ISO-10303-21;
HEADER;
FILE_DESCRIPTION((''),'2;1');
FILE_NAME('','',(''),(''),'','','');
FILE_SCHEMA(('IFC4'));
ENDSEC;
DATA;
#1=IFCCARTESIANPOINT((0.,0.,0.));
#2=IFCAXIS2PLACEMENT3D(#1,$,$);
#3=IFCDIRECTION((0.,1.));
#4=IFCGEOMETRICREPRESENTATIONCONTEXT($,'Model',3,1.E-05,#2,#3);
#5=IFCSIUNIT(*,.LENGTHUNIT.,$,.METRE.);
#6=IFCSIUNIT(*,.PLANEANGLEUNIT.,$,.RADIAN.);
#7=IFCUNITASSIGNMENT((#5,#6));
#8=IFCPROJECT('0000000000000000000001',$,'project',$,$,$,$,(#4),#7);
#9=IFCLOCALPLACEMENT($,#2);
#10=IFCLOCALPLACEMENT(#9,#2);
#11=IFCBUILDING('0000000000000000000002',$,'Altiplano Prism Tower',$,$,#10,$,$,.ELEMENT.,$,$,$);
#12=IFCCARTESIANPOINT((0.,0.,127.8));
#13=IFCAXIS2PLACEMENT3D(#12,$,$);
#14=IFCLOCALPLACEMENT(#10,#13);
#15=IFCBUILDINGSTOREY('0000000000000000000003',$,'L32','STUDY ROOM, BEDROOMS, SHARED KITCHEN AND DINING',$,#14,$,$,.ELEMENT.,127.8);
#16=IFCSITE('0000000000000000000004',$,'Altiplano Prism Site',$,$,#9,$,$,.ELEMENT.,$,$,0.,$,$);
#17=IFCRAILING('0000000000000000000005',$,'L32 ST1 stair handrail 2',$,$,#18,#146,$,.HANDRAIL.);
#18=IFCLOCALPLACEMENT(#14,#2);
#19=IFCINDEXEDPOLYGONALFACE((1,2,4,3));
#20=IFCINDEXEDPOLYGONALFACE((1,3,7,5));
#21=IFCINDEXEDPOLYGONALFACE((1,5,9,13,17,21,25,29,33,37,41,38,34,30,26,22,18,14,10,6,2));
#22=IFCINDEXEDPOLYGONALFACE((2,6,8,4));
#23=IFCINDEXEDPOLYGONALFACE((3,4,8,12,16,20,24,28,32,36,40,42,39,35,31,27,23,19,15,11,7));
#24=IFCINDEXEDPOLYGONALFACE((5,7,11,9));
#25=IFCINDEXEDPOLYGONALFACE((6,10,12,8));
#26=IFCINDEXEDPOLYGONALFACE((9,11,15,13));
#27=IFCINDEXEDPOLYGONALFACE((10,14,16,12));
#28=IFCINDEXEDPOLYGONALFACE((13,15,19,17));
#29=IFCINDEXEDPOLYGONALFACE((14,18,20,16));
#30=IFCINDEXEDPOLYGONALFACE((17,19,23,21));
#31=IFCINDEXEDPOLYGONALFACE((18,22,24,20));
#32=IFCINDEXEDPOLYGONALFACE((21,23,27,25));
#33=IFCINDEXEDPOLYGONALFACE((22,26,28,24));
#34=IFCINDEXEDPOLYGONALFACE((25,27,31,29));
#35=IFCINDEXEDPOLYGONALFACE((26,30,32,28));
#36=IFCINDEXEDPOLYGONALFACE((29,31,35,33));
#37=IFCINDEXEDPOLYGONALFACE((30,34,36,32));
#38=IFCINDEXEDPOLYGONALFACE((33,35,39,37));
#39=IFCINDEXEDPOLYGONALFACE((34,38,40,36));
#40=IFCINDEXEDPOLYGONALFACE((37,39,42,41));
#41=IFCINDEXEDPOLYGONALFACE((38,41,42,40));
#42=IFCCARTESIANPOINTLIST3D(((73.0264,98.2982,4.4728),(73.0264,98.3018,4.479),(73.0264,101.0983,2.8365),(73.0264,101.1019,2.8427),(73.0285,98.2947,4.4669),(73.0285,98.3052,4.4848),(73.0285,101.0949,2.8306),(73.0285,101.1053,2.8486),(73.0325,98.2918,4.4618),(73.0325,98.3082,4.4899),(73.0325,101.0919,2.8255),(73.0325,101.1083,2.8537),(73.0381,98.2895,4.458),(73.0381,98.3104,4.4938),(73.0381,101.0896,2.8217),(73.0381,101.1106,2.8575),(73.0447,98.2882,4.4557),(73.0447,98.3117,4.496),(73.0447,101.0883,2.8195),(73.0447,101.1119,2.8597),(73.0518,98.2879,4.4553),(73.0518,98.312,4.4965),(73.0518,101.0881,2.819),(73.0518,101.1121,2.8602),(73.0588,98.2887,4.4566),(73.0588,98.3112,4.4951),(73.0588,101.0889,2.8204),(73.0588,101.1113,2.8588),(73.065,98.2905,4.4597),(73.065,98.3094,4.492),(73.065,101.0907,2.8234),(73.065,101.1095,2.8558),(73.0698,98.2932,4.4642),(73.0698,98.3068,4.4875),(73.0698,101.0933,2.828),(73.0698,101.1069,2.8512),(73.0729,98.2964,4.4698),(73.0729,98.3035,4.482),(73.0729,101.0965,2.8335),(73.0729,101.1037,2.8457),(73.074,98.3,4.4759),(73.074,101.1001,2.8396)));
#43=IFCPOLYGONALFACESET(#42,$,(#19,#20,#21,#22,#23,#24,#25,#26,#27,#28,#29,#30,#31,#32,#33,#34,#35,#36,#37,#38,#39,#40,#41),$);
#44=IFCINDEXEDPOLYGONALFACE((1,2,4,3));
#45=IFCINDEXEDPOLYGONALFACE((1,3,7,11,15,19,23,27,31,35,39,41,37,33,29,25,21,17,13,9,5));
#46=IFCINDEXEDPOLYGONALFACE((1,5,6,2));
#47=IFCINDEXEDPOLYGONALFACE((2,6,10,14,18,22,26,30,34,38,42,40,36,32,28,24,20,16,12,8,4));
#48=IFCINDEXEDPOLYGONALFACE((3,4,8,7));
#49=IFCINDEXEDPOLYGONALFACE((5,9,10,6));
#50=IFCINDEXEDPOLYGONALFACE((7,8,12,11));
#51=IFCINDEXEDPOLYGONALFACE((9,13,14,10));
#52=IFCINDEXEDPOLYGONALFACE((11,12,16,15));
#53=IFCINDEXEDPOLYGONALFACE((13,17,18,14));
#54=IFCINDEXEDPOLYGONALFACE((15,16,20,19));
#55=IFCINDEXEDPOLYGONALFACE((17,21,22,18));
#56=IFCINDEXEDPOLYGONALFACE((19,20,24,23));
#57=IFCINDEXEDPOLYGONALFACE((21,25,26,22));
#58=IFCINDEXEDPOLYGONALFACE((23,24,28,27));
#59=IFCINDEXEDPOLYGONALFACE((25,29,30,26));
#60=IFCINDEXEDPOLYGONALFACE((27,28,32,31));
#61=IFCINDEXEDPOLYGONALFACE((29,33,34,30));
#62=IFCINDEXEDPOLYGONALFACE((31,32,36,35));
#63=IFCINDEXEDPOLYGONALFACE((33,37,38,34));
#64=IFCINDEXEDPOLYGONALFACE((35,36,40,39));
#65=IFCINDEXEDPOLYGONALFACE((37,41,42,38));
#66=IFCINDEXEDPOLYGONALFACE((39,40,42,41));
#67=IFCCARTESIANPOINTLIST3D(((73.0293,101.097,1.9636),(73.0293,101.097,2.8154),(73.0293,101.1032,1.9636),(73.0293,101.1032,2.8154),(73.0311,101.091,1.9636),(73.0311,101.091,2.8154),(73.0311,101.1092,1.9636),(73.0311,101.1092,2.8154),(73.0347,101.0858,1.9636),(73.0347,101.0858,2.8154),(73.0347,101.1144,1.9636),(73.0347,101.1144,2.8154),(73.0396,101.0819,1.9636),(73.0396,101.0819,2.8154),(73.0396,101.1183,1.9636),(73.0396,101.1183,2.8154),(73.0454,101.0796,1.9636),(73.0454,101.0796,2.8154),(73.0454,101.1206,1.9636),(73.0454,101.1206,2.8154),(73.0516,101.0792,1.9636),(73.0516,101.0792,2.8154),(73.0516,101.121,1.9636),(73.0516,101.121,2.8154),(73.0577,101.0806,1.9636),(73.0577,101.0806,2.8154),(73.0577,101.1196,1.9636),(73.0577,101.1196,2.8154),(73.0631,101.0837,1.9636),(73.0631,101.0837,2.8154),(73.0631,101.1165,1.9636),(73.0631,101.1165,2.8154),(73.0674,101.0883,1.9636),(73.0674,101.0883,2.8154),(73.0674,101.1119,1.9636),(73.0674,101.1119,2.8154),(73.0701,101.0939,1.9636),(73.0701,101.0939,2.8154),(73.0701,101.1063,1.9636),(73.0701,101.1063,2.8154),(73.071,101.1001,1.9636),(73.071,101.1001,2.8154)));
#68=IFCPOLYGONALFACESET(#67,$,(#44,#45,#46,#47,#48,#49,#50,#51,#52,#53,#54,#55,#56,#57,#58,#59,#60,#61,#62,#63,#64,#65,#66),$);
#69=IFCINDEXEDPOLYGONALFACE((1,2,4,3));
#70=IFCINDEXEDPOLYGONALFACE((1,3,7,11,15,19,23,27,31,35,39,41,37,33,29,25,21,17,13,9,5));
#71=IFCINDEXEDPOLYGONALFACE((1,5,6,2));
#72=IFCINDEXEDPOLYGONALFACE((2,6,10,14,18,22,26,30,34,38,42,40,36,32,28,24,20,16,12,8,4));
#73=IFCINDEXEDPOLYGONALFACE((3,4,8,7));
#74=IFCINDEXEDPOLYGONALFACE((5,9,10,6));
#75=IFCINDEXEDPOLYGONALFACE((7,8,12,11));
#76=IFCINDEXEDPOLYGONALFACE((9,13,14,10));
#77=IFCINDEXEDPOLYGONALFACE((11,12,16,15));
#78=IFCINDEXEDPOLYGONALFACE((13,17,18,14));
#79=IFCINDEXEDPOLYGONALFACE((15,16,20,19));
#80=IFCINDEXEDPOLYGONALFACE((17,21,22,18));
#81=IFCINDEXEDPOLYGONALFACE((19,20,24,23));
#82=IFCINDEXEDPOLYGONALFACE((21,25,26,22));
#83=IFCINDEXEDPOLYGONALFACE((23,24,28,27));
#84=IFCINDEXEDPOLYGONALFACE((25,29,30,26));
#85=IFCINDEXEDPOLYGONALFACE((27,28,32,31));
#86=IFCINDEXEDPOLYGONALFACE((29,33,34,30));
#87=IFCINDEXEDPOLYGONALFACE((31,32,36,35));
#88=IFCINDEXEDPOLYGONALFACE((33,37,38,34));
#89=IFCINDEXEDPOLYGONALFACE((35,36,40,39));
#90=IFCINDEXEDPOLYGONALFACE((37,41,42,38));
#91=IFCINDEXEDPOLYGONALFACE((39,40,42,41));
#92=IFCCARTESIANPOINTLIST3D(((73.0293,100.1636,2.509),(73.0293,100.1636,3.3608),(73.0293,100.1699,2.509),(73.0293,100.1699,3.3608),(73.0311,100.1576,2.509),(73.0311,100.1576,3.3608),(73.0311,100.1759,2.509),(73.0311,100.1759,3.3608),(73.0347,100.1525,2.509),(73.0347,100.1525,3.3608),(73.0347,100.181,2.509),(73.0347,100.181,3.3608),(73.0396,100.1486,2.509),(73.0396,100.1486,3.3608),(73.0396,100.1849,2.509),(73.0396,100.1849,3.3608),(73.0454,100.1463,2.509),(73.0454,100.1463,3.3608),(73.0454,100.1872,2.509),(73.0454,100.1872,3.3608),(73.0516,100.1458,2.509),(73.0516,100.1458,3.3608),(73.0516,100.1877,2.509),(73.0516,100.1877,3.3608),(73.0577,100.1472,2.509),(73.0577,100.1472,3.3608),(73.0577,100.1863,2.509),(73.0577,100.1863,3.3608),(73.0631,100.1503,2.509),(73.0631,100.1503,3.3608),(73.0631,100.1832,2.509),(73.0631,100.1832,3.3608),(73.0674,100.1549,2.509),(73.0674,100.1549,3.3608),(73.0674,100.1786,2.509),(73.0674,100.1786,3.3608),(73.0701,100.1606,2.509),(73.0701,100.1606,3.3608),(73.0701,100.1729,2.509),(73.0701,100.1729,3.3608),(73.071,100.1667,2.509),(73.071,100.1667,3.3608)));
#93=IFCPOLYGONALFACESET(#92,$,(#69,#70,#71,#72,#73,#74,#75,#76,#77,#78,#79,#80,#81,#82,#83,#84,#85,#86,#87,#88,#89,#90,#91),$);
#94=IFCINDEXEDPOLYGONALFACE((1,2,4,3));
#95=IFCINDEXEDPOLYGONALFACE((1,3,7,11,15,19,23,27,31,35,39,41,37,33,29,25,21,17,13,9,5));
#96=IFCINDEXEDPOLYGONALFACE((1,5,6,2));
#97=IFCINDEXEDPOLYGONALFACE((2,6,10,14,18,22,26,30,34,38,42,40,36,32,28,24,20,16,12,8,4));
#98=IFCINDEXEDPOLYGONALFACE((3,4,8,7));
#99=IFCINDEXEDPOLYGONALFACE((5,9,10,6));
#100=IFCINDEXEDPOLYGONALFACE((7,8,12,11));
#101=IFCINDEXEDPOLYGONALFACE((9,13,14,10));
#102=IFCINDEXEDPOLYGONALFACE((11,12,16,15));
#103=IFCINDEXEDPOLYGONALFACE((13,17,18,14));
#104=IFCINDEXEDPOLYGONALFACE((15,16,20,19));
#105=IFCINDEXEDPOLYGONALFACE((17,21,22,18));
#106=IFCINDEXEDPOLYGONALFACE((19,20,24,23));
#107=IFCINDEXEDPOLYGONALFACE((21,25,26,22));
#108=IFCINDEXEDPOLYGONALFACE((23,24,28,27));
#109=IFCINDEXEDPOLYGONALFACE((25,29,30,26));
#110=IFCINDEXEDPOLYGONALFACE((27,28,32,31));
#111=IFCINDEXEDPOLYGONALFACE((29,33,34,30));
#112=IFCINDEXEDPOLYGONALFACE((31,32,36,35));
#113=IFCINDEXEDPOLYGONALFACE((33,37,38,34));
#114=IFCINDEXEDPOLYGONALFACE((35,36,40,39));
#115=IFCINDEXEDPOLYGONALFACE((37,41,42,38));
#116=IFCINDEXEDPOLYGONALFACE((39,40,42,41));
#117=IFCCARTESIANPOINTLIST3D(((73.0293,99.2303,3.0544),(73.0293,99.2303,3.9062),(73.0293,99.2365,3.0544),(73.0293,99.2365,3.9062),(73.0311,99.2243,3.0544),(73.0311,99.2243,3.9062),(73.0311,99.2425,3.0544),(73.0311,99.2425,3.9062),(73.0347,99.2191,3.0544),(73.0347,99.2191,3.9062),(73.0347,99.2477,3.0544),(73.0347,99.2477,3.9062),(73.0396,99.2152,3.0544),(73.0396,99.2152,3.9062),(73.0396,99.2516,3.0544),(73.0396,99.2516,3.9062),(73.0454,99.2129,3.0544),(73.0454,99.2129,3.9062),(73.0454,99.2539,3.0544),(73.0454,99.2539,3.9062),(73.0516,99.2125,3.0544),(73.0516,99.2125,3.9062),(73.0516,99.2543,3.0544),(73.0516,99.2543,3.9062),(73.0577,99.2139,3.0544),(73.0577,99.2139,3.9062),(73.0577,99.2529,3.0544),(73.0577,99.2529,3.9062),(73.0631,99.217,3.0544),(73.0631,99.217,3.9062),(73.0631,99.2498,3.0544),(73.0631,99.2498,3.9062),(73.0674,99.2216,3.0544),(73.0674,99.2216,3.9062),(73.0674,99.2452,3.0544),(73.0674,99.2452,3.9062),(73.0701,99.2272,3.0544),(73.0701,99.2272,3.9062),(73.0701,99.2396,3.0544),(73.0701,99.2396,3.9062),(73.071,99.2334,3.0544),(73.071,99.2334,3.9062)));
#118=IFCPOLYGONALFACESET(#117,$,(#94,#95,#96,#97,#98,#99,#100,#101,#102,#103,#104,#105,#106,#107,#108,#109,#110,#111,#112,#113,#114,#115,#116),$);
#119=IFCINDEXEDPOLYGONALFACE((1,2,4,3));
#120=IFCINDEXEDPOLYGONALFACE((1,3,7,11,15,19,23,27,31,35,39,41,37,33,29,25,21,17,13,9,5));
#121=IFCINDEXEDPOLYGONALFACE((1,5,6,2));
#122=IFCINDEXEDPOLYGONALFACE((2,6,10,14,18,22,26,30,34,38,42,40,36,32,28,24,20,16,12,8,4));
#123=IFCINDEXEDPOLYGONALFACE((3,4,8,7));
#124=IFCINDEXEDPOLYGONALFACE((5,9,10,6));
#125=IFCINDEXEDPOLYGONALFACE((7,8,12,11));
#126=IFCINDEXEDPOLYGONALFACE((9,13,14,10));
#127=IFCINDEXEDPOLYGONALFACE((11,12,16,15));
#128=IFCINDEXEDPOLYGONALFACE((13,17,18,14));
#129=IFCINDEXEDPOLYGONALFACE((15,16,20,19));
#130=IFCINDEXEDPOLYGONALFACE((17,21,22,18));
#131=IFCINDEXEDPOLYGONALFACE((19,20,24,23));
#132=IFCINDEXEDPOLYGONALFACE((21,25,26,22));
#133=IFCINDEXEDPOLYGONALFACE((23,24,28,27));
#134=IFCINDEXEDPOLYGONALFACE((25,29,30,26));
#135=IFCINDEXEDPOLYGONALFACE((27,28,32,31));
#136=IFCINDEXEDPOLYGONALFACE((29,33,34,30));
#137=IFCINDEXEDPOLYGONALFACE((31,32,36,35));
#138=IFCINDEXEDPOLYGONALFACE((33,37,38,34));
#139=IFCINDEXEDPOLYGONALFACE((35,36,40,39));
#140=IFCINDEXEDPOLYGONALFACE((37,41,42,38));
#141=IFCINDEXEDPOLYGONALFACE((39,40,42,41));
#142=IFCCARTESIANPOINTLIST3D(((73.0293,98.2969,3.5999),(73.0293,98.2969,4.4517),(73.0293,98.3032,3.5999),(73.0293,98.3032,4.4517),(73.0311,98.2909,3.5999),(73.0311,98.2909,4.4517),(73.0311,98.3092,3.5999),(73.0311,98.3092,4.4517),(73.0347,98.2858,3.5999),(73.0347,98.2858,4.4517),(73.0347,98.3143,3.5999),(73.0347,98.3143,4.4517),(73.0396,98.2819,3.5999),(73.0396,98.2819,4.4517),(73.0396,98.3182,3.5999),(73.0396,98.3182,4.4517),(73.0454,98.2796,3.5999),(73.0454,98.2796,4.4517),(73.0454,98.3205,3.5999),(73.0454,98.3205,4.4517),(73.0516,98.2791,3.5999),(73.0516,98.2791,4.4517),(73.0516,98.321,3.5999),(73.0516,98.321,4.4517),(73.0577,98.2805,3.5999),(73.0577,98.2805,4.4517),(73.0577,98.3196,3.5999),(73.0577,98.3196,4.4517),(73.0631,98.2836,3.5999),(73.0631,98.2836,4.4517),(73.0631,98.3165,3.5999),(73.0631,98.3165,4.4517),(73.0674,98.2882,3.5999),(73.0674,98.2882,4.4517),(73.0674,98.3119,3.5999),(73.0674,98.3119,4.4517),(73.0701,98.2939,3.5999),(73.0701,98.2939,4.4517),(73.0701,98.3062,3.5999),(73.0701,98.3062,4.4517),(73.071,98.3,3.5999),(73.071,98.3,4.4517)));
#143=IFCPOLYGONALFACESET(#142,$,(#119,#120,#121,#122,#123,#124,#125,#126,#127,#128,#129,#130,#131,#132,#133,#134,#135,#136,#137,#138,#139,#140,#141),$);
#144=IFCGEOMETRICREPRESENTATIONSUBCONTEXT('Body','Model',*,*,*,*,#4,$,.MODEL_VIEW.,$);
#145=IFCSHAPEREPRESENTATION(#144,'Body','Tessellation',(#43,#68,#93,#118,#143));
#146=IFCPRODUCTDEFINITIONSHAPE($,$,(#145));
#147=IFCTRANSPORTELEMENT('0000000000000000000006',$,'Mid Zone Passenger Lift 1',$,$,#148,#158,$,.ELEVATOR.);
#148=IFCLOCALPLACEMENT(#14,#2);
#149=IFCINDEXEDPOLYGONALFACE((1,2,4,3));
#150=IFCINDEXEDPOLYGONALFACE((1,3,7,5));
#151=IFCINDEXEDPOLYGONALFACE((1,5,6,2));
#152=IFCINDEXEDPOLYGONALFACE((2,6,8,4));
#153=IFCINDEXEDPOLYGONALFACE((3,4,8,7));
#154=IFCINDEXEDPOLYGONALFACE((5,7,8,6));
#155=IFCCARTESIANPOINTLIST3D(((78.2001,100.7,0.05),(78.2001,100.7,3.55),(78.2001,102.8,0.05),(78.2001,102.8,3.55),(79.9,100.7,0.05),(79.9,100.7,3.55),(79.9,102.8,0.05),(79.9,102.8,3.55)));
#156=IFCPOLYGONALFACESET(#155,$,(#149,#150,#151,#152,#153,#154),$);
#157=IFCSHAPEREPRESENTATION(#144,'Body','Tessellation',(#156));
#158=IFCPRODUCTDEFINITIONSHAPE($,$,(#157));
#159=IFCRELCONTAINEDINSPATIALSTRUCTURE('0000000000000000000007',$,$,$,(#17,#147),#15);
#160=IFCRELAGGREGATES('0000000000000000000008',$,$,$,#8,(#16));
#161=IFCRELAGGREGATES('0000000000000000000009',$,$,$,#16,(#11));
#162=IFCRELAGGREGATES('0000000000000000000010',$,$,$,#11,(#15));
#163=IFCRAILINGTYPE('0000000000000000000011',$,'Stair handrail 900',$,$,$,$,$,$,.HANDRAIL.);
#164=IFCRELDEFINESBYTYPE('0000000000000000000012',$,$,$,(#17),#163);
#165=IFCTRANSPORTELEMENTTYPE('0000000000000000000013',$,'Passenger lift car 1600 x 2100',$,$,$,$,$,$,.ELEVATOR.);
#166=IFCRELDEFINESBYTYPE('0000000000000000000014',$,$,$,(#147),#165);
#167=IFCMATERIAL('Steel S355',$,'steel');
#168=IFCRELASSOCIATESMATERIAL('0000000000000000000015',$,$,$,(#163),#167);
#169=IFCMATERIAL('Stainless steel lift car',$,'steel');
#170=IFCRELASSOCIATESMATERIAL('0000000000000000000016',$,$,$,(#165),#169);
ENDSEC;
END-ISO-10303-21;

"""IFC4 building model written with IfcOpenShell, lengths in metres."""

from ifc_helpers import new_model, si_unit, direction, frame, origin, origin_2d, place, context, subcontext, project, spatial, rectangle, circle, extrude, material, type_object, element, save


model = new_model("IFC4")

# Units and contexts
model_context = context("Model", 3, precision=1e-05, world=origin(), true_north=direction((0.0, 1.0)))
body_context = subcontext(model_context, "Body", "Model", "MODEL_VIEW")
ifc_project = project(units=[si_unit("LENGTHUNIT", "METRE"), si_unit("PLANEANGLEUNIT", "RADIAN")], contexts=[model_context])

# Site, building, storey
site_placement = place(None, origin())
site = spatial("IfcSite", under=ifc_project, at=site_placement, Name="Altiplano Prism Site", CompositionType="ELEMENT", RefElevation=0.0)
building_placement = place(site_placement, origin())
building = spatial("IfcBuilding", under=site, at=building_placement, Name="Altiplano Prism Tower", CompositionType="ELEMENT")
storey_placement = place(building_placement, frame((0.0, 0.0, 127.8)))
storey = spatial("IfcBuildingStorey", under=building, at=storey_placement, Name="L32", Description="STUDY ROOM, BEDROOMS, SHARED KITCHEN AND DINING", CompositionType="ELEMENT", Elevation=127.8)

# Railing
ifc_material_1 = material(Name="Steel S355", Category="steel")
railing_type = type_object("IfcRailingType", Name="Stair handrail 900", PredefinedType="HANDRAIL", material=ifc_material_1)
railing_placement = place(storey_placement, frame((73.05, 101.1001, 1.9636)))
element("IfcRailing", 1, at=railing_placement, inside=storey, type_object=railing_type, Name="L32 ST1 stair handrail 2", PredefinedType="HANDRAIL", context=body_context, shape_type="SweptSolid", body=[
    extrude(circle(Radius=0.0239, at=origin_2d()), frame((0.0, 0.0, 0.876), z_axis=(0.0, -0.863394, 0.504531), x_axis=(1.0, 0.0, 0.0)), (0.0, 0.0, 1.0), 3.2432),
    extrude(circle(Radius=0.021, at=origin_2d()), origin(), (0.0, 0.0, 1.0), 0.8518),
    extrude(circle(Radius=0.021, at=origin_2d()), frame((0.0, -0.9333, 0.5454)), (0.0, 0.0, 1.0), 0.8518),
    extrude(circle(Radius=0.021, at=origin_2d()), frame((0.0, -1.8667, 1.0908)), (0.0, 0.0, 1.0), 0.8518),
    extrude(circle(Radius=0.021, at=origin_2d()), frame((0.0, -2.8, 1.6362)), (0.0, 0.0, 1.0), 0.8518),
])

# Transport element
ifc_material_2 = material(Name="Stainless steel lift car", Category="steel")
transport_element_type = type_object("IfcTransportElementType", Name="Passenger lift car 1600 x 2100", PredefinedType="ELEVATOR", material=ifc_material_2)
transport_element_placement = place(storey_placement, frame((79.05, 101.75, 0.05), z_axis=(0.0, 0.0, 1.0), x_axis=(1.0, 0.0, 0.0)))
element("IfcTransportElement", 2, at=transport_element_placement, inside=storey, type_object=transport_element_type, Name="Mid Zone Passenger Lift 1", PredefinedType="ELEVATOR", context=body_context, shape_type="SweptSolid", body=[
    extrude(rectangle(XDim=1.7, YDim=2.1001, at=origin_2d()), origin(), (0.0, 0.0, 1.0), 3.5),
])

save(model, "model.ifc")
